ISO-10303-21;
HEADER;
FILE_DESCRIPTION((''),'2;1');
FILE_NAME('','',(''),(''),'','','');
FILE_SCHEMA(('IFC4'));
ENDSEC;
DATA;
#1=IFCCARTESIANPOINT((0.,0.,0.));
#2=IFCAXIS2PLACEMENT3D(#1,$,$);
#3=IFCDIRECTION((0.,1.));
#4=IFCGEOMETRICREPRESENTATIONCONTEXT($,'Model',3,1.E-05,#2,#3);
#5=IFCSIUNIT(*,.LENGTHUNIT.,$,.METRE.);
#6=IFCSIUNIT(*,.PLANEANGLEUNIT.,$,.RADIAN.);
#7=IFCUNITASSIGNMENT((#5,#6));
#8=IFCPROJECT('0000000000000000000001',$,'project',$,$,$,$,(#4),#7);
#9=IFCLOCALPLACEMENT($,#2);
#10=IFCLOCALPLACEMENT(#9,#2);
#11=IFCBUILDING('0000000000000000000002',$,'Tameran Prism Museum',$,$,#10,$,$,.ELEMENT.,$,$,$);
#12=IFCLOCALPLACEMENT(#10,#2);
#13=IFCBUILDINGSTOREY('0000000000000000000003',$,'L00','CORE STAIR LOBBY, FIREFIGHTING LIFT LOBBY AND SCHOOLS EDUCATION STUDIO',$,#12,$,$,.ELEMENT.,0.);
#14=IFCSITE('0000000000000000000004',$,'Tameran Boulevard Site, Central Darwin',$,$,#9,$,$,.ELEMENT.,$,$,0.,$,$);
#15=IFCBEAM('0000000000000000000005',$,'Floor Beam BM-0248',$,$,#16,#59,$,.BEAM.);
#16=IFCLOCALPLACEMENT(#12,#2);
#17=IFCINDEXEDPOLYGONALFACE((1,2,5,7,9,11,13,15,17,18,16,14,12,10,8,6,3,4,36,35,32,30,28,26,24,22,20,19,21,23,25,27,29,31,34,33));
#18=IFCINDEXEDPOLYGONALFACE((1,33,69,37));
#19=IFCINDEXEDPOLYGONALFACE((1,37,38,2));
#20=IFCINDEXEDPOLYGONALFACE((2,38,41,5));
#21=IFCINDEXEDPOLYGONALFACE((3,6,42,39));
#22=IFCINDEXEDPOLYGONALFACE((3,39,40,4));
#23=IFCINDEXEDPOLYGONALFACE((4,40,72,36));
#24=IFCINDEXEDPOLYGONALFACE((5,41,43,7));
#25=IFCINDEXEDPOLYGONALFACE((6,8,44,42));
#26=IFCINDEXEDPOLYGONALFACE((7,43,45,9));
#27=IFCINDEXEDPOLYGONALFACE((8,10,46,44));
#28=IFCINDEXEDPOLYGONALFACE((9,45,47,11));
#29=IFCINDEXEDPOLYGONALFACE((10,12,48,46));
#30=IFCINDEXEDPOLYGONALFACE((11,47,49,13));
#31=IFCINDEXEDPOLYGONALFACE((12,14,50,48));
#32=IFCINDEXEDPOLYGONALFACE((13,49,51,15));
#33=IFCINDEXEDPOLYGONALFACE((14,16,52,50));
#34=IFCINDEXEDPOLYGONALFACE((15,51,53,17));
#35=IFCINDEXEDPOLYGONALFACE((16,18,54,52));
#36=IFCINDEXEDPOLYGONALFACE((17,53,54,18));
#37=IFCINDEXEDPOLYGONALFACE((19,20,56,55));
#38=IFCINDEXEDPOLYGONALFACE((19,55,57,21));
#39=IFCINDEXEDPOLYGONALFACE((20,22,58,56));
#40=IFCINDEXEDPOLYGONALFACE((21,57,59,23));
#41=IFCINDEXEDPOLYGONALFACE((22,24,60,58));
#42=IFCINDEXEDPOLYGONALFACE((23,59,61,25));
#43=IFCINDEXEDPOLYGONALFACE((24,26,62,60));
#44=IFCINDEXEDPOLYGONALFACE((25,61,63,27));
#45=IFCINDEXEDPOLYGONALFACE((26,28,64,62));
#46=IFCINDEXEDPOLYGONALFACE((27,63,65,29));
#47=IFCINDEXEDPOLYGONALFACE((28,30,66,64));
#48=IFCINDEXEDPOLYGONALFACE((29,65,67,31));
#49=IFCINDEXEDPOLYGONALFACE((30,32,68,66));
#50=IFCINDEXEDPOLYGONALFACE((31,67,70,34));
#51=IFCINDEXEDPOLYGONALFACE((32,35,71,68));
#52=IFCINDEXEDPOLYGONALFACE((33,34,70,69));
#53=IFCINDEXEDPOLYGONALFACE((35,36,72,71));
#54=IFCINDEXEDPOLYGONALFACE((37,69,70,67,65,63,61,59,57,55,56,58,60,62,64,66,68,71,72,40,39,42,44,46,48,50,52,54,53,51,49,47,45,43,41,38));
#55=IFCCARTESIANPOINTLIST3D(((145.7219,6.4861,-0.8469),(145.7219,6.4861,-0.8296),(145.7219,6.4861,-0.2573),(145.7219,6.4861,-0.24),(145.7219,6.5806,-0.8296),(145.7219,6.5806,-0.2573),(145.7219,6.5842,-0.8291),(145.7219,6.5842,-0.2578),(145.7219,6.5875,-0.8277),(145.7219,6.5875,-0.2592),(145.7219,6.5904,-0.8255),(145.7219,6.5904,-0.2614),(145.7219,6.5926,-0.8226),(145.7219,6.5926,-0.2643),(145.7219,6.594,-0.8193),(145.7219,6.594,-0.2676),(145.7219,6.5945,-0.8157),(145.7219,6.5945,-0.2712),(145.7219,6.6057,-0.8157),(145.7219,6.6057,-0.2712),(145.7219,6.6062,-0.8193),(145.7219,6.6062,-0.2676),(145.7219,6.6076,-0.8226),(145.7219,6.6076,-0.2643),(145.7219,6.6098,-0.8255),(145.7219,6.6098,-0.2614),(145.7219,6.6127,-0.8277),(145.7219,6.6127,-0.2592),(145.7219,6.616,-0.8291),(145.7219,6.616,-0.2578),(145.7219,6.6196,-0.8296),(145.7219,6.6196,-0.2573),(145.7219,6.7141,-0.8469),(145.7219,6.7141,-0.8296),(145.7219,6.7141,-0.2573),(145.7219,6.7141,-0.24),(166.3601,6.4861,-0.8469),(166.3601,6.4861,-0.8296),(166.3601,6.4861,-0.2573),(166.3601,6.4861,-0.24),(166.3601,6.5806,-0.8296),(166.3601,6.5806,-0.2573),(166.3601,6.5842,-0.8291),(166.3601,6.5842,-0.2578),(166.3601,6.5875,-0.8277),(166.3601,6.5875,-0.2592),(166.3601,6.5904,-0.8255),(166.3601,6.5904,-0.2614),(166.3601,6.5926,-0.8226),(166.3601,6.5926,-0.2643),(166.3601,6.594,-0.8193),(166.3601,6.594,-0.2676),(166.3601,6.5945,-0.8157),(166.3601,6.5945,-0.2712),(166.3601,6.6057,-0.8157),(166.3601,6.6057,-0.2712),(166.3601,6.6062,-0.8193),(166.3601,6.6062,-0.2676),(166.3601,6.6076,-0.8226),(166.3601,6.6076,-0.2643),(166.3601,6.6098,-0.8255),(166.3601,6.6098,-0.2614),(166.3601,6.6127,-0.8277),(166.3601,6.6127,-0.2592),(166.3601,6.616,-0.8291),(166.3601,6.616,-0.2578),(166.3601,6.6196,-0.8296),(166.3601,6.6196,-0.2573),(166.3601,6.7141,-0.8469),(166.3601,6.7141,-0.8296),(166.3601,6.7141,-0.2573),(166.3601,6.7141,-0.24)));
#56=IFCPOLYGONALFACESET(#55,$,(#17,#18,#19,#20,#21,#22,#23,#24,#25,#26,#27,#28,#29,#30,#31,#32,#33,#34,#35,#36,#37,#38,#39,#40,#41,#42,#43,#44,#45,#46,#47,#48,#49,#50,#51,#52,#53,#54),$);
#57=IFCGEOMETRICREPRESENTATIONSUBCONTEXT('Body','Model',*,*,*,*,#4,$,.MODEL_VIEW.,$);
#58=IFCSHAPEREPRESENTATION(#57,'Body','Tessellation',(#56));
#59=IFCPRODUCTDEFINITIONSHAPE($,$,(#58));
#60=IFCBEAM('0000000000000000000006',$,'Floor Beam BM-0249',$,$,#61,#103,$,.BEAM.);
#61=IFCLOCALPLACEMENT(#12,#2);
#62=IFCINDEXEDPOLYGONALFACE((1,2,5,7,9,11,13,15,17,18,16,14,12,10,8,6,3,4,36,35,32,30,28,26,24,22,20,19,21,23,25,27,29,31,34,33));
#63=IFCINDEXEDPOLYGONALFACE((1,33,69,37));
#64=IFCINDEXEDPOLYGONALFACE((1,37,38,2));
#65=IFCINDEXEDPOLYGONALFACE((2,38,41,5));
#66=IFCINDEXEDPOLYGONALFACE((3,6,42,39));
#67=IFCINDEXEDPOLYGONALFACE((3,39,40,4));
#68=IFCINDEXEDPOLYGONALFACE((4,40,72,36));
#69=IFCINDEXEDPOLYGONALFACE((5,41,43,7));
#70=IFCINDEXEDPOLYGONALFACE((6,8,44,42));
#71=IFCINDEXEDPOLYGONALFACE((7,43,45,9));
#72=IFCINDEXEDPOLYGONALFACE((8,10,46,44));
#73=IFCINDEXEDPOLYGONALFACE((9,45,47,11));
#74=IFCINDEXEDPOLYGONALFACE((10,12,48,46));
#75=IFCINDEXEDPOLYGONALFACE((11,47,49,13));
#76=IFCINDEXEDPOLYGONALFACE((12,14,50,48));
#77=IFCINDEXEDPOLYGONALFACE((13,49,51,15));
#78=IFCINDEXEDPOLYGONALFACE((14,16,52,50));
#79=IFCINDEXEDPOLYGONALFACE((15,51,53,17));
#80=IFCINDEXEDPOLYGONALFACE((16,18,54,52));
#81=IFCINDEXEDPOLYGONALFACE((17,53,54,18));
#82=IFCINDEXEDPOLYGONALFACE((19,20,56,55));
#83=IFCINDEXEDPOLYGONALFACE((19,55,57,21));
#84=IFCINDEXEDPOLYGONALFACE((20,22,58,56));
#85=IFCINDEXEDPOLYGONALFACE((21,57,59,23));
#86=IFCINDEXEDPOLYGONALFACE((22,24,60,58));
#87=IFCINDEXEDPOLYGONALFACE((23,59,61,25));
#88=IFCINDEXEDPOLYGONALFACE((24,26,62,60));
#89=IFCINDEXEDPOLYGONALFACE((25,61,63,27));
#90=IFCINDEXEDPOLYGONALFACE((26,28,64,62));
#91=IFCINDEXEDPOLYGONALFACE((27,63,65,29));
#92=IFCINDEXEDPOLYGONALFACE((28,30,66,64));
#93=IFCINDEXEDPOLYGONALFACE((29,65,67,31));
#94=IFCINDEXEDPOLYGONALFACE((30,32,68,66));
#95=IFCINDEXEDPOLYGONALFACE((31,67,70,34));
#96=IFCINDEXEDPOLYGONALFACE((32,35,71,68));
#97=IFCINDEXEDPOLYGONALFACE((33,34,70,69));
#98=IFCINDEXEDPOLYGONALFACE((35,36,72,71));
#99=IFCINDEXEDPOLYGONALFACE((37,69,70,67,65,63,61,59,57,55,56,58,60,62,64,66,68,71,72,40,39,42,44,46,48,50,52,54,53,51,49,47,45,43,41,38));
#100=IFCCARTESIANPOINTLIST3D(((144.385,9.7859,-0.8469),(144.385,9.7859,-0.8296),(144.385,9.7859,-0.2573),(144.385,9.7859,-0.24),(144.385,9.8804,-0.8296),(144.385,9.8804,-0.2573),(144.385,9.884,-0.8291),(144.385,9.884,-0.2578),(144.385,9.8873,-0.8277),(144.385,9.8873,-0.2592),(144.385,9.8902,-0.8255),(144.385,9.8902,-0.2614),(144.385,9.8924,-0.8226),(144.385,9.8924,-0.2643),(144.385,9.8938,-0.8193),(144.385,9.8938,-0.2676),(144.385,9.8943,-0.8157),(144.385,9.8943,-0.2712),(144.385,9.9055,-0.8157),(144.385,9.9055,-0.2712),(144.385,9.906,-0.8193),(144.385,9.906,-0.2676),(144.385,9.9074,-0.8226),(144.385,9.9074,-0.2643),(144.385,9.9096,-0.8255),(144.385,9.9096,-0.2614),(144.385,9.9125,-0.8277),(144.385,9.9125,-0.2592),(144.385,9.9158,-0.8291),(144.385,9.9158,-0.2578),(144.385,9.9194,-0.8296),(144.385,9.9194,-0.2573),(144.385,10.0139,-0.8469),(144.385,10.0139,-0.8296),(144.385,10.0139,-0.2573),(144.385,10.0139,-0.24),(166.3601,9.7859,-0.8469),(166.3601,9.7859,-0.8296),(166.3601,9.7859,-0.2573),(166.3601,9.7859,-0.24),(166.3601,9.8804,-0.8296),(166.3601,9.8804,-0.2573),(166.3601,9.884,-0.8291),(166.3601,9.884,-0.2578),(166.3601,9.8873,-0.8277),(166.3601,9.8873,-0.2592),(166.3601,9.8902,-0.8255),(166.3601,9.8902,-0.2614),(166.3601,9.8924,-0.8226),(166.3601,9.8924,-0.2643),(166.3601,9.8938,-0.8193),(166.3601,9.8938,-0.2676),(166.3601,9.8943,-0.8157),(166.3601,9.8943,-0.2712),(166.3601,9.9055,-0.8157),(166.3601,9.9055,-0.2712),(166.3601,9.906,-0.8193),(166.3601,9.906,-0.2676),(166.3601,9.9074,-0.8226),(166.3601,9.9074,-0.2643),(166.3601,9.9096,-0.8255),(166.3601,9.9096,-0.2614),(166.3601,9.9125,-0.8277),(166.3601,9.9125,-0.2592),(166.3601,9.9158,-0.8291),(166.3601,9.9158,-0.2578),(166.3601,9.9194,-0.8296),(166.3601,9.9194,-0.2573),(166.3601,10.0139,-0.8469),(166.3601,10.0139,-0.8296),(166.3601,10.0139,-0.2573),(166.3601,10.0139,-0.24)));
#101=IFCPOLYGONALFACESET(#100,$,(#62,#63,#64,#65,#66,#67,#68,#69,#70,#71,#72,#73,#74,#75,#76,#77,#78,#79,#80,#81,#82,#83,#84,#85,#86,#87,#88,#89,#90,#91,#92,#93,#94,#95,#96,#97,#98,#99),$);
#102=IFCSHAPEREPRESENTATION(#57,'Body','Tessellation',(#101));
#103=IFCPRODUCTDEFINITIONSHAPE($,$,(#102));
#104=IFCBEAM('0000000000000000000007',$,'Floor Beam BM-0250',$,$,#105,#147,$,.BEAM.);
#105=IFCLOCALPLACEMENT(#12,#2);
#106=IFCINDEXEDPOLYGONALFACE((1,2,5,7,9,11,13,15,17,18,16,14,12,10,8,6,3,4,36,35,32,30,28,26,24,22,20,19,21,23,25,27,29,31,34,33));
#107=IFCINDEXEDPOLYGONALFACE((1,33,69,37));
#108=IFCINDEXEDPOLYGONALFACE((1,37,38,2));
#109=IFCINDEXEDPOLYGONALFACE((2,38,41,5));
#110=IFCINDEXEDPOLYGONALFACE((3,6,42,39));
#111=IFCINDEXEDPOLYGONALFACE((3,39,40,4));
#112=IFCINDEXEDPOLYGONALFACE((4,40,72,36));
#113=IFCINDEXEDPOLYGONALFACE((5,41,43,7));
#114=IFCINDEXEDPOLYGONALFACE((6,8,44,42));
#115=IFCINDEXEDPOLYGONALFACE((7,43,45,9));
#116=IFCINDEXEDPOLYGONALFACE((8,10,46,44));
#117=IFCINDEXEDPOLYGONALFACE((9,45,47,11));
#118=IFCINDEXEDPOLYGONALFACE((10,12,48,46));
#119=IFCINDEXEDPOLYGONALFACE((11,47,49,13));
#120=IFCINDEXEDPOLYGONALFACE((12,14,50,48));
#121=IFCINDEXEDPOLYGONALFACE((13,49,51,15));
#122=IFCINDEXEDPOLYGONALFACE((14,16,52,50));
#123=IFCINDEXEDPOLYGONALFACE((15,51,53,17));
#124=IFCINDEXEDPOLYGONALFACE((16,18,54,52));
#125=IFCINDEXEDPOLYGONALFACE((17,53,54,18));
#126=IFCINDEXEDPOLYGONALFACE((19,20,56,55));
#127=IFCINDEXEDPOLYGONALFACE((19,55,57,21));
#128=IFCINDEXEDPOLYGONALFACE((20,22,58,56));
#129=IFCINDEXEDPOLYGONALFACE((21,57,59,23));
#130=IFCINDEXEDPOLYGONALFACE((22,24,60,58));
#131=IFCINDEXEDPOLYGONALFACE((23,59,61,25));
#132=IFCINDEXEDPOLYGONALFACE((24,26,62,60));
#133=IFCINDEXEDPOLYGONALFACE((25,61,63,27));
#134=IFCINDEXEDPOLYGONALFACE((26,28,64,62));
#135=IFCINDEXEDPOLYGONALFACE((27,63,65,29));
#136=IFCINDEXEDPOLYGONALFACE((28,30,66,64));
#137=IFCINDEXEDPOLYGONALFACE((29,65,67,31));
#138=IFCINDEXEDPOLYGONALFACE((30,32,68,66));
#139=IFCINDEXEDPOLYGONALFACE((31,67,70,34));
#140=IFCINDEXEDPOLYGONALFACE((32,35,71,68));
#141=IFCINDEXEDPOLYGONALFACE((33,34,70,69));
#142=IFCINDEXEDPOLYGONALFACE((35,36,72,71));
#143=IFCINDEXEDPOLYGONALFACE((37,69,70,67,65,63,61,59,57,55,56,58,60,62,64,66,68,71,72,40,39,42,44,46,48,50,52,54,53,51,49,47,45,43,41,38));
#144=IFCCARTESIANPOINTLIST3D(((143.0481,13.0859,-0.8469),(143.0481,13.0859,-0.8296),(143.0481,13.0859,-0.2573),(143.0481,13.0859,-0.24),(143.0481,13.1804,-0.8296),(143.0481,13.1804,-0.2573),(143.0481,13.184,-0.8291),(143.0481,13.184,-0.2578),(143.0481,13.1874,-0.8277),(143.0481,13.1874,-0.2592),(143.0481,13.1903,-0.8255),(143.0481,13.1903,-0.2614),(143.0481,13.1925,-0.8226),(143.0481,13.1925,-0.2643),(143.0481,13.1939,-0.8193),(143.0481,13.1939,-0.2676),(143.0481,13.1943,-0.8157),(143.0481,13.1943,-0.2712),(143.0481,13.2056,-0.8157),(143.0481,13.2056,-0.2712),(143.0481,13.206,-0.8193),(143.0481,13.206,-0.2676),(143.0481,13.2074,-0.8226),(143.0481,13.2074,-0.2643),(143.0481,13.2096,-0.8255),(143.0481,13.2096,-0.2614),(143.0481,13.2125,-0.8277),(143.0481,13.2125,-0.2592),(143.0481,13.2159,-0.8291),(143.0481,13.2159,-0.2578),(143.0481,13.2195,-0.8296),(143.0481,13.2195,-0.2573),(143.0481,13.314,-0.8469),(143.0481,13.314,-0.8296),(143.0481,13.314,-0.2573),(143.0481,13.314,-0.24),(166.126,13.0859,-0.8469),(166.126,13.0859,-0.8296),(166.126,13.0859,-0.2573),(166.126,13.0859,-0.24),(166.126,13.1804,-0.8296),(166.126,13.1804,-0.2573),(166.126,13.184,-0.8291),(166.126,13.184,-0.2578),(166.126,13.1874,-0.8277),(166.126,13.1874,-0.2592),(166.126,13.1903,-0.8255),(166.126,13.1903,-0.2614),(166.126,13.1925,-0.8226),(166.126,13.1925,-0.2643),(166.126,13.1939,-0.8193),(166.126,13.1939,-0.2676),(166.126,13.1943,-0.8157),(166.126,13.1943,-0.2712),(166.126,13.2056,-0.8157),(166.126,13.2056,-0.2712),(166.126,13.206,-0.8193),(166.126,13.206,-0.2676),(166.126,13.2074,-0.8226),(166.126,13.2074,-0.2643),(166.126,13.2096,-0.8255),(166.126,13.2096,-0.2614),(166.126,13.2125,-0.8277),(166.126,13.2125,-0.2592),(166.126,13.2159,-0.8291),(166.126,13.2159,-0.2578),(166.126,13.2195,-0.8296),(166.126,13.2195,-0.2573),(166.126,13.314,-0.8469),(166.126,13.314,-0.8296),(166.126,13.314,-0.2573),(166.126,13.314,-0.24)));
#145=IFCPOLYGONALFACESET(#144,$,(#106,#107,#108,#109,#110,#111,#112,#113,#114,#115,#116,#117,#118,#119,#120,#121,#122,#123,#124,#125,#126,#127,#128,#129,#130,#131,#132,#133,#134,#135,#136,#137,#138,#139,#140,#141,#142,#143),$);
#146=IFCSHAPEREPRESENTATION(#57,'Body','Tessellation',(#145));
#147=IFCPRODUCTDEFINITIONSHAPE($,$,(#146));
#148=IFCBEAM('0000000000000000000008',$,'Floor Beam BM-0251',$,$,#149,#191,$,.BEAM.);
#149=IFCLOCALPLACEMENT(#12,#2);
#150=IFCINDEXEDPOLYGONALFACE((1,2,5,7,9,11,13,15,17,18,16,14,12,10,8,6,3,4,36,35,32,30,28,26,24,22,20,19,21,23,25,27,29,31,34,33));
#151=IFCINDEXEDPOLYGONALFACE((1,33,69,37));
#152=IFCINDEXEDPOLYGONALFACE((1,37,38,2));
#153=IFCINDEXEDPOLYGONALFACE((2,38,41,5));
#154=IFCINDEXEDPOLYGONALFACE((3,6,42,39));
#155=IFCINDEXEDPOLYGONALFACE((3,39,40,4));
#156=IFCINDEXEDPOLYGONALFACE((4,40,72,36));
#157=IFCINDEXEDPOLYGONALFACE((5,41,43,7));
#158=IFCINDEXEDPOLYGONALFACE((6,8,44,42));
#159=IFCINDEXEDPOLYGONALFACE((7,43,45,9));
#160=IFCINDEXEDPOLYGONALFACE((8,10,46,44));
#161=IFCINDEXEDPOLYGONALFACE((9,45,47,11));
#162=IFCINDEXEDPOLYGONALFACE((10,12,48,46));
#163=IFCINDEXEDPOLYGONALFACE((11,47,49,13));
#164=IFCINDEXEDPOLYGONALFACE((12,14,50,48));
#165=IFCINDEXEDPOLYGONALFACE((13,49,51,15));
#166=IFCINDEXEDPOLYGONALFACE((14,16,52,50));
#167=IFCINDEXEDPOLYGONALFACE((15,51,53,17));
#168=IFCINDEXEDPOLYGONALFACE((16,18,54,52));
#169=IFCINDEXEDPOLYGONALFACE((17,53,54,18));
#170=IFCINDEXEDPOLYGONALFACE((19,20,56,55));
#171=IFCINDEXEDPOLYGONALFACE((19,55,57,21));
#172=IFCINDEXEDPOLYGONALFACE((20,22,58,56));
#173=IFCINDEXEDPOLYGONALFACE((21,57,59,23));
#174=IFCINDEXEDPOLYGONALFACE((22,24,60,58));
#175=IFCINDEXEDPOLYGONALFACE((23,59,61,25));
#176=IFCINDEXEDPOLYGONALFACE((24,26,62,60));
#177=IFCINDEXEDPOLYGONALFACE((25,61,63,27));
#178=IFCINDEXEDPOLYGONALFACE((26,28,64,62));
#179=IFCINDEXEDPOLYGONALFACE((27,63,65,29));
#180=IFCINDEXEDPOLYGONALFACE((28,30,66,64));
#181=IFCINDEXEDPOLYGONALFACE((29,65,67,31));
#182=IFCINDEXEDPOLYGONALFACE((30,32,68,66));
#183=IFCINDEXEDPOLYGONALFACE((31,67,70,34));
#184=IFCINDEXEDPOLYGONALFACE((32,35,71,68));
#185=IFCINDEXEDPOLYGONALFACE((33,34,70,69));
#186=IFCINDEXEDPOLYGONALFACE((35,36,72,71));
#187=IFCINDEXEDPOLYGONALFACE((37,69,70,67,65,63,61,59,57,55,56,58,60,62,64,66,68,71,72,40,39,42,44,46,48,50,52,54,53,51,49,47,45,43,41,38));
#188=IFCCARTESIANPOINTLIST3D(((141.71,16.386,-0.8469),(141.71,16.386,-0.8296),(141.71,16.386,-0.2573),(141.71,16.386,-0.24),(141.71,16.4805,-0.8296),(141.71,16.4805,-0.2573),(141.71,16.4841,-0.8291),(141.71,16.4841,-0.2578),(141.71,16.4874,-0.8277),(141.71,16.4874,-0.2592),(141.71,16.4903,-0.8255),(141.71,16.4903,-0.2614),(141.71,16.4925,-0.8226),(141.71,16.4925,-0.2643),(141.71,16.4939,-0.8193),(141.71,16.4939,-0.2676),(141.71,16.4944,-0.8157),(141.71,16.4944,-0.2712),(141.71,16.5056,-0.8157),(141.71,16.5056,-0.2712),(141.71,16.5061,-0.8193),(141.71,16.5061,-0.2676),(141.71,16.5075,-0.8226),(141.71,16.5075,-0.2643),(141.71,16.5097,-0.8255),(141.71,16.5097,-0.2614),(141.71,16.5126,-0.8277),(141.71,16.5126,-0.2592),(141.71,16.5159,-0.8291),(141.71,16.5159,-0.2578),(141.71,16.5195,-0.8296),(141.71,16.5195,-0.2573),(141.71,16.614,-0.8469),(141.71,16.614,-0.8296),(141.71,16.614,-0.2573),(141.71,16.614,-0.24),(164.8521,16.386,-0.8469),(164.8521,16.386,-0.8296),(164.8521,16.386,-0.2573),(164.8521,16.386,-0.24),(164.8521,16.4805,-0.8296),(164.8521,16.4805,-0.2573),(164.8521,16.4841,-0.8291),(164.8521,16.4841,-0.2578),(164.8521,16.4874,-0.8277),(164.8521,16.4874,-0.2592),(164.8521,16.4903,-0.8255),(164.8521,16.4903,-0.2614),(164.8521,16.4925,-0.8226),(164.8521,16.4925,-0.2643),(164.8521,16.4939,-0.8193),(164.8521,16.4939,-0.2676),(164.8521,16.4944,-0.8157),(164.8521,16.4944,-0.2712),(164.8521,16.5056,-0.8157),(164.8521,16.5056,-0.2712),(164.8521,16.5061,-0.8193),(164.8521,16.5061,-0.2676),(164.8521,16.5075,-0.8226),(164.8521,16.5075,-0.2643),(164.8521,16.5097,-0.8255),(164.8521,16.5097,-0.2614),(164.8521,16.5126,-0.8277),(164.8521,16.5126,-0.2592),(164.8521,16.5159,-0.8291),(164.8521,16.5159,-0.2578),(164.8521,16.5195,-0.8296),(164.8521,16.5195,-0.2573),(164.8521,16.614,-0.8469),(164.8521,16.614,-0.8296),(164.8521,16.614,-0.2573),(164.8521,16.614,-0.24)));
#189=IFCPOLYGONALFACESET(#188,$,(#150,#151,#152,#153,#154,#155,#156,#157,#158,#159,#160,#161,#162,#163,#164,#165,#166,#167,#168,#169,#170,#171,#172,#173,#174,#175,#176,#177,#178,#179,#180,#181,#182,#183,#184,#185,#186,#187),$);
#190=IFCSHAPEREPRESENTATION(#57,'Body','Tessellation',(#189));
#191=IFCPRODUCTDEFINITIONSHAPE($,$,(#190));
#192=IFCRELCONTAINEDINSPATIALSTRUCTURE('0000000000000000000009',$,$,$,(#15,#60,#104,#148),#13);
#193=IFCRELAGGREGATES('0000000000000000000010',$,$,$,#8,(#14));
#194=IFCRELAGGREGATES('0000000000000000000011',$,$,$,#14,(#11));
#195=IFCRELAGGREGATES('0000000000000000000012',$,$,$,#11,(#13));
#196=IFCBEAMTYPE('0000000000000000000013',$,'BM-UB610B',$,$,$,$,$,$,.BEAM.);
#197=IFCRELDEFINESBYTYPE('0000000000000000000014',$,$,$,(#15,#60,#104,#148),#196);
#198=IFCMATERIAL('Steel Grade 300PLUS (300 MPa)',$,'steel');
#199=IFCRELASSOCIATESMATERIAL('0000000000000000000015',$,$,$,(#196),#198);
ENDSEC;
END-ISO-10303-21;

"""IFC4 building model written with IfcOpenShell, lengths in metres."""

from ifc_helpers import new_model, si_unit, direction, frame, origin, origin_2d, place, context, subcontext, project, spatial, i_section, extrude, material, material_profile, profile_set, type_object, element, save


model = new_model("IFC4")

# Units and contexts
model_context = context("Model", 3, precision=1e-05, world=origin(), true_north=direction((0.0, 1.0)))
body_context = subcontext(model_context, "Body", "Model", "MODEL_VIEW")
ifc_project = project(units=[si_unit("LENGTHUNIT", "METRE"), si_unit("PLANEANGLEUNIT", "RADIAN")], contexts=[model_context])

# Site, building, storey
site_placement = place(None, origin())
site = spatial("IfcSite", under=ifc_project, at=site_placement, Name="Tameran Boulevard Site, Central Darwin", CompositionType="ELEMENT", RefElevation=0.0)
building_placement = place(site_placement, origin())
building = spatial("IfcBuilding", under=site, at=building_placement, Name="Tameran Prism Museum", CompositionType="ELEMENT")
storey_placement = place(building_placement, origin())
storey = spatial("IfcBuildingStorey", under=building, at=storey_placement, Name="L00", Description="CORE STAIR LOBBY, FIREFIGHTING LIFT LOBBY AND SCHOOLS EDUCATION STUDIO", CompositionType="ELEMENT", Elevation=0.0)

# Beams
ifc_material_1 = material(Name="Steel Grade 300PLUS (300 MPa)", Category="steel")
ifc_material_profile_1 = material_profile(ifc_material_1, i_section(OverallWidth=0.228, OverallDepth=0.6069, WebThickness=0.0112, FlangeThickness=0.0173, FilletRadius=0.0139, at=origin_2d()))
ifc_profile_set_1 = profile_set([ifc_material_profile_1])
beam_type_1 = type_object("IfcBeamType", Name="BM-UB610B", PredefinedType="BEAM", material=ifc_profile_set_1)
beam_1_placement = place(storey_placement, frame((145.7219, 6.6001, -0.5435), z_axis=(1.0, 0.0, 0.0), x_axis=(0.0, 1.0, 0.0)))
element("IfcBeam", 1, at=beam_1_placement, inside=storey, type_object=beam_type_1, Name="Floor Beam BM-0248", PredefinedType="BEAM", context=body_context, shape_type="SweptSolid", body=[
    extrude(i_section(OverallWidth=0.228, OverallDepth=0.6069, WebThickness=0.0112, FlangeThickness=0.0173, FilletRadius=0.0139, at=origin_2d()), origin(), (0.0, 0.0, 1.0), 20.6382),
])
beam_2_placement = place(storey_placement, frame((144.385, 9.8999, -0.5435), z_axis=(1.0, 0.0, 0.0), x_axis=(0.0, 1.0, 0.0)))
element("IfcBeam", 2, at=beam_2_placement, inside=storey, type_object=beam_type_1, Name="Floor Beam BM-0249", PredefinedType="BEAM", context=body_context, shape_type="SweptSolid", body=[
    extrude(i_section(OverallWidth=0.228, OverallDepth=0.6069, WebThickness=0.0112, FlangeThickness=0.0173, FilletRadius=0.0139, at=origin_2d()), origin(), (0.0, 0.0, 1.0), 21.9751),
])
beam_3_placement = place(storey_placement, frame((143.0481, 13.2, -0.5435), z_axis=(1.0, 0.0, 0.0), x_axis=(0.0, 1.0, 0.0)))
element("IfcBeam", 3, at=beam_3_placement, inside=storey, type_object=beam_type_1, Name="Floor Beam BM-0250", PredefinedType="BEAM", context=body_context, shape_type="SweptSolid", body=[
    extrude(i_section(OverallWidth=0.228, OverallDepth=0.6069, WebThickness=0.0112, FlangeThickness=0.0173, FilletRadius=0.0139, at=origin_2d()), origin(), (0.0, 0.0, 1.0), 23.0779),
])
beam_4_placement = place(storey_placement, frame((141.71, 16.5, -0.5435), z_axis=(1.0, 0.0, 0.0), x_axis=(0.0, 1.0, 0.0)))
element("IfcBeam", 4, at=beam_4_placement, inside=storey, type_object=beam_type_1, Name="Floor Beam BM-0251", PredefinedType="BEAM", context=body_context, shape_type="SweptSolid", body=[
    extrude(i_section(OverallWidth=0.228, OverallDepth=0.6069, WebThickness=0.0112, FlangeThickness=0.0173, FilletRadius=0.0139, at=origin_2d()), origin(), (0.0, 0.0, 1.0), 23.1421),
])

save(model, "model.ifc")
